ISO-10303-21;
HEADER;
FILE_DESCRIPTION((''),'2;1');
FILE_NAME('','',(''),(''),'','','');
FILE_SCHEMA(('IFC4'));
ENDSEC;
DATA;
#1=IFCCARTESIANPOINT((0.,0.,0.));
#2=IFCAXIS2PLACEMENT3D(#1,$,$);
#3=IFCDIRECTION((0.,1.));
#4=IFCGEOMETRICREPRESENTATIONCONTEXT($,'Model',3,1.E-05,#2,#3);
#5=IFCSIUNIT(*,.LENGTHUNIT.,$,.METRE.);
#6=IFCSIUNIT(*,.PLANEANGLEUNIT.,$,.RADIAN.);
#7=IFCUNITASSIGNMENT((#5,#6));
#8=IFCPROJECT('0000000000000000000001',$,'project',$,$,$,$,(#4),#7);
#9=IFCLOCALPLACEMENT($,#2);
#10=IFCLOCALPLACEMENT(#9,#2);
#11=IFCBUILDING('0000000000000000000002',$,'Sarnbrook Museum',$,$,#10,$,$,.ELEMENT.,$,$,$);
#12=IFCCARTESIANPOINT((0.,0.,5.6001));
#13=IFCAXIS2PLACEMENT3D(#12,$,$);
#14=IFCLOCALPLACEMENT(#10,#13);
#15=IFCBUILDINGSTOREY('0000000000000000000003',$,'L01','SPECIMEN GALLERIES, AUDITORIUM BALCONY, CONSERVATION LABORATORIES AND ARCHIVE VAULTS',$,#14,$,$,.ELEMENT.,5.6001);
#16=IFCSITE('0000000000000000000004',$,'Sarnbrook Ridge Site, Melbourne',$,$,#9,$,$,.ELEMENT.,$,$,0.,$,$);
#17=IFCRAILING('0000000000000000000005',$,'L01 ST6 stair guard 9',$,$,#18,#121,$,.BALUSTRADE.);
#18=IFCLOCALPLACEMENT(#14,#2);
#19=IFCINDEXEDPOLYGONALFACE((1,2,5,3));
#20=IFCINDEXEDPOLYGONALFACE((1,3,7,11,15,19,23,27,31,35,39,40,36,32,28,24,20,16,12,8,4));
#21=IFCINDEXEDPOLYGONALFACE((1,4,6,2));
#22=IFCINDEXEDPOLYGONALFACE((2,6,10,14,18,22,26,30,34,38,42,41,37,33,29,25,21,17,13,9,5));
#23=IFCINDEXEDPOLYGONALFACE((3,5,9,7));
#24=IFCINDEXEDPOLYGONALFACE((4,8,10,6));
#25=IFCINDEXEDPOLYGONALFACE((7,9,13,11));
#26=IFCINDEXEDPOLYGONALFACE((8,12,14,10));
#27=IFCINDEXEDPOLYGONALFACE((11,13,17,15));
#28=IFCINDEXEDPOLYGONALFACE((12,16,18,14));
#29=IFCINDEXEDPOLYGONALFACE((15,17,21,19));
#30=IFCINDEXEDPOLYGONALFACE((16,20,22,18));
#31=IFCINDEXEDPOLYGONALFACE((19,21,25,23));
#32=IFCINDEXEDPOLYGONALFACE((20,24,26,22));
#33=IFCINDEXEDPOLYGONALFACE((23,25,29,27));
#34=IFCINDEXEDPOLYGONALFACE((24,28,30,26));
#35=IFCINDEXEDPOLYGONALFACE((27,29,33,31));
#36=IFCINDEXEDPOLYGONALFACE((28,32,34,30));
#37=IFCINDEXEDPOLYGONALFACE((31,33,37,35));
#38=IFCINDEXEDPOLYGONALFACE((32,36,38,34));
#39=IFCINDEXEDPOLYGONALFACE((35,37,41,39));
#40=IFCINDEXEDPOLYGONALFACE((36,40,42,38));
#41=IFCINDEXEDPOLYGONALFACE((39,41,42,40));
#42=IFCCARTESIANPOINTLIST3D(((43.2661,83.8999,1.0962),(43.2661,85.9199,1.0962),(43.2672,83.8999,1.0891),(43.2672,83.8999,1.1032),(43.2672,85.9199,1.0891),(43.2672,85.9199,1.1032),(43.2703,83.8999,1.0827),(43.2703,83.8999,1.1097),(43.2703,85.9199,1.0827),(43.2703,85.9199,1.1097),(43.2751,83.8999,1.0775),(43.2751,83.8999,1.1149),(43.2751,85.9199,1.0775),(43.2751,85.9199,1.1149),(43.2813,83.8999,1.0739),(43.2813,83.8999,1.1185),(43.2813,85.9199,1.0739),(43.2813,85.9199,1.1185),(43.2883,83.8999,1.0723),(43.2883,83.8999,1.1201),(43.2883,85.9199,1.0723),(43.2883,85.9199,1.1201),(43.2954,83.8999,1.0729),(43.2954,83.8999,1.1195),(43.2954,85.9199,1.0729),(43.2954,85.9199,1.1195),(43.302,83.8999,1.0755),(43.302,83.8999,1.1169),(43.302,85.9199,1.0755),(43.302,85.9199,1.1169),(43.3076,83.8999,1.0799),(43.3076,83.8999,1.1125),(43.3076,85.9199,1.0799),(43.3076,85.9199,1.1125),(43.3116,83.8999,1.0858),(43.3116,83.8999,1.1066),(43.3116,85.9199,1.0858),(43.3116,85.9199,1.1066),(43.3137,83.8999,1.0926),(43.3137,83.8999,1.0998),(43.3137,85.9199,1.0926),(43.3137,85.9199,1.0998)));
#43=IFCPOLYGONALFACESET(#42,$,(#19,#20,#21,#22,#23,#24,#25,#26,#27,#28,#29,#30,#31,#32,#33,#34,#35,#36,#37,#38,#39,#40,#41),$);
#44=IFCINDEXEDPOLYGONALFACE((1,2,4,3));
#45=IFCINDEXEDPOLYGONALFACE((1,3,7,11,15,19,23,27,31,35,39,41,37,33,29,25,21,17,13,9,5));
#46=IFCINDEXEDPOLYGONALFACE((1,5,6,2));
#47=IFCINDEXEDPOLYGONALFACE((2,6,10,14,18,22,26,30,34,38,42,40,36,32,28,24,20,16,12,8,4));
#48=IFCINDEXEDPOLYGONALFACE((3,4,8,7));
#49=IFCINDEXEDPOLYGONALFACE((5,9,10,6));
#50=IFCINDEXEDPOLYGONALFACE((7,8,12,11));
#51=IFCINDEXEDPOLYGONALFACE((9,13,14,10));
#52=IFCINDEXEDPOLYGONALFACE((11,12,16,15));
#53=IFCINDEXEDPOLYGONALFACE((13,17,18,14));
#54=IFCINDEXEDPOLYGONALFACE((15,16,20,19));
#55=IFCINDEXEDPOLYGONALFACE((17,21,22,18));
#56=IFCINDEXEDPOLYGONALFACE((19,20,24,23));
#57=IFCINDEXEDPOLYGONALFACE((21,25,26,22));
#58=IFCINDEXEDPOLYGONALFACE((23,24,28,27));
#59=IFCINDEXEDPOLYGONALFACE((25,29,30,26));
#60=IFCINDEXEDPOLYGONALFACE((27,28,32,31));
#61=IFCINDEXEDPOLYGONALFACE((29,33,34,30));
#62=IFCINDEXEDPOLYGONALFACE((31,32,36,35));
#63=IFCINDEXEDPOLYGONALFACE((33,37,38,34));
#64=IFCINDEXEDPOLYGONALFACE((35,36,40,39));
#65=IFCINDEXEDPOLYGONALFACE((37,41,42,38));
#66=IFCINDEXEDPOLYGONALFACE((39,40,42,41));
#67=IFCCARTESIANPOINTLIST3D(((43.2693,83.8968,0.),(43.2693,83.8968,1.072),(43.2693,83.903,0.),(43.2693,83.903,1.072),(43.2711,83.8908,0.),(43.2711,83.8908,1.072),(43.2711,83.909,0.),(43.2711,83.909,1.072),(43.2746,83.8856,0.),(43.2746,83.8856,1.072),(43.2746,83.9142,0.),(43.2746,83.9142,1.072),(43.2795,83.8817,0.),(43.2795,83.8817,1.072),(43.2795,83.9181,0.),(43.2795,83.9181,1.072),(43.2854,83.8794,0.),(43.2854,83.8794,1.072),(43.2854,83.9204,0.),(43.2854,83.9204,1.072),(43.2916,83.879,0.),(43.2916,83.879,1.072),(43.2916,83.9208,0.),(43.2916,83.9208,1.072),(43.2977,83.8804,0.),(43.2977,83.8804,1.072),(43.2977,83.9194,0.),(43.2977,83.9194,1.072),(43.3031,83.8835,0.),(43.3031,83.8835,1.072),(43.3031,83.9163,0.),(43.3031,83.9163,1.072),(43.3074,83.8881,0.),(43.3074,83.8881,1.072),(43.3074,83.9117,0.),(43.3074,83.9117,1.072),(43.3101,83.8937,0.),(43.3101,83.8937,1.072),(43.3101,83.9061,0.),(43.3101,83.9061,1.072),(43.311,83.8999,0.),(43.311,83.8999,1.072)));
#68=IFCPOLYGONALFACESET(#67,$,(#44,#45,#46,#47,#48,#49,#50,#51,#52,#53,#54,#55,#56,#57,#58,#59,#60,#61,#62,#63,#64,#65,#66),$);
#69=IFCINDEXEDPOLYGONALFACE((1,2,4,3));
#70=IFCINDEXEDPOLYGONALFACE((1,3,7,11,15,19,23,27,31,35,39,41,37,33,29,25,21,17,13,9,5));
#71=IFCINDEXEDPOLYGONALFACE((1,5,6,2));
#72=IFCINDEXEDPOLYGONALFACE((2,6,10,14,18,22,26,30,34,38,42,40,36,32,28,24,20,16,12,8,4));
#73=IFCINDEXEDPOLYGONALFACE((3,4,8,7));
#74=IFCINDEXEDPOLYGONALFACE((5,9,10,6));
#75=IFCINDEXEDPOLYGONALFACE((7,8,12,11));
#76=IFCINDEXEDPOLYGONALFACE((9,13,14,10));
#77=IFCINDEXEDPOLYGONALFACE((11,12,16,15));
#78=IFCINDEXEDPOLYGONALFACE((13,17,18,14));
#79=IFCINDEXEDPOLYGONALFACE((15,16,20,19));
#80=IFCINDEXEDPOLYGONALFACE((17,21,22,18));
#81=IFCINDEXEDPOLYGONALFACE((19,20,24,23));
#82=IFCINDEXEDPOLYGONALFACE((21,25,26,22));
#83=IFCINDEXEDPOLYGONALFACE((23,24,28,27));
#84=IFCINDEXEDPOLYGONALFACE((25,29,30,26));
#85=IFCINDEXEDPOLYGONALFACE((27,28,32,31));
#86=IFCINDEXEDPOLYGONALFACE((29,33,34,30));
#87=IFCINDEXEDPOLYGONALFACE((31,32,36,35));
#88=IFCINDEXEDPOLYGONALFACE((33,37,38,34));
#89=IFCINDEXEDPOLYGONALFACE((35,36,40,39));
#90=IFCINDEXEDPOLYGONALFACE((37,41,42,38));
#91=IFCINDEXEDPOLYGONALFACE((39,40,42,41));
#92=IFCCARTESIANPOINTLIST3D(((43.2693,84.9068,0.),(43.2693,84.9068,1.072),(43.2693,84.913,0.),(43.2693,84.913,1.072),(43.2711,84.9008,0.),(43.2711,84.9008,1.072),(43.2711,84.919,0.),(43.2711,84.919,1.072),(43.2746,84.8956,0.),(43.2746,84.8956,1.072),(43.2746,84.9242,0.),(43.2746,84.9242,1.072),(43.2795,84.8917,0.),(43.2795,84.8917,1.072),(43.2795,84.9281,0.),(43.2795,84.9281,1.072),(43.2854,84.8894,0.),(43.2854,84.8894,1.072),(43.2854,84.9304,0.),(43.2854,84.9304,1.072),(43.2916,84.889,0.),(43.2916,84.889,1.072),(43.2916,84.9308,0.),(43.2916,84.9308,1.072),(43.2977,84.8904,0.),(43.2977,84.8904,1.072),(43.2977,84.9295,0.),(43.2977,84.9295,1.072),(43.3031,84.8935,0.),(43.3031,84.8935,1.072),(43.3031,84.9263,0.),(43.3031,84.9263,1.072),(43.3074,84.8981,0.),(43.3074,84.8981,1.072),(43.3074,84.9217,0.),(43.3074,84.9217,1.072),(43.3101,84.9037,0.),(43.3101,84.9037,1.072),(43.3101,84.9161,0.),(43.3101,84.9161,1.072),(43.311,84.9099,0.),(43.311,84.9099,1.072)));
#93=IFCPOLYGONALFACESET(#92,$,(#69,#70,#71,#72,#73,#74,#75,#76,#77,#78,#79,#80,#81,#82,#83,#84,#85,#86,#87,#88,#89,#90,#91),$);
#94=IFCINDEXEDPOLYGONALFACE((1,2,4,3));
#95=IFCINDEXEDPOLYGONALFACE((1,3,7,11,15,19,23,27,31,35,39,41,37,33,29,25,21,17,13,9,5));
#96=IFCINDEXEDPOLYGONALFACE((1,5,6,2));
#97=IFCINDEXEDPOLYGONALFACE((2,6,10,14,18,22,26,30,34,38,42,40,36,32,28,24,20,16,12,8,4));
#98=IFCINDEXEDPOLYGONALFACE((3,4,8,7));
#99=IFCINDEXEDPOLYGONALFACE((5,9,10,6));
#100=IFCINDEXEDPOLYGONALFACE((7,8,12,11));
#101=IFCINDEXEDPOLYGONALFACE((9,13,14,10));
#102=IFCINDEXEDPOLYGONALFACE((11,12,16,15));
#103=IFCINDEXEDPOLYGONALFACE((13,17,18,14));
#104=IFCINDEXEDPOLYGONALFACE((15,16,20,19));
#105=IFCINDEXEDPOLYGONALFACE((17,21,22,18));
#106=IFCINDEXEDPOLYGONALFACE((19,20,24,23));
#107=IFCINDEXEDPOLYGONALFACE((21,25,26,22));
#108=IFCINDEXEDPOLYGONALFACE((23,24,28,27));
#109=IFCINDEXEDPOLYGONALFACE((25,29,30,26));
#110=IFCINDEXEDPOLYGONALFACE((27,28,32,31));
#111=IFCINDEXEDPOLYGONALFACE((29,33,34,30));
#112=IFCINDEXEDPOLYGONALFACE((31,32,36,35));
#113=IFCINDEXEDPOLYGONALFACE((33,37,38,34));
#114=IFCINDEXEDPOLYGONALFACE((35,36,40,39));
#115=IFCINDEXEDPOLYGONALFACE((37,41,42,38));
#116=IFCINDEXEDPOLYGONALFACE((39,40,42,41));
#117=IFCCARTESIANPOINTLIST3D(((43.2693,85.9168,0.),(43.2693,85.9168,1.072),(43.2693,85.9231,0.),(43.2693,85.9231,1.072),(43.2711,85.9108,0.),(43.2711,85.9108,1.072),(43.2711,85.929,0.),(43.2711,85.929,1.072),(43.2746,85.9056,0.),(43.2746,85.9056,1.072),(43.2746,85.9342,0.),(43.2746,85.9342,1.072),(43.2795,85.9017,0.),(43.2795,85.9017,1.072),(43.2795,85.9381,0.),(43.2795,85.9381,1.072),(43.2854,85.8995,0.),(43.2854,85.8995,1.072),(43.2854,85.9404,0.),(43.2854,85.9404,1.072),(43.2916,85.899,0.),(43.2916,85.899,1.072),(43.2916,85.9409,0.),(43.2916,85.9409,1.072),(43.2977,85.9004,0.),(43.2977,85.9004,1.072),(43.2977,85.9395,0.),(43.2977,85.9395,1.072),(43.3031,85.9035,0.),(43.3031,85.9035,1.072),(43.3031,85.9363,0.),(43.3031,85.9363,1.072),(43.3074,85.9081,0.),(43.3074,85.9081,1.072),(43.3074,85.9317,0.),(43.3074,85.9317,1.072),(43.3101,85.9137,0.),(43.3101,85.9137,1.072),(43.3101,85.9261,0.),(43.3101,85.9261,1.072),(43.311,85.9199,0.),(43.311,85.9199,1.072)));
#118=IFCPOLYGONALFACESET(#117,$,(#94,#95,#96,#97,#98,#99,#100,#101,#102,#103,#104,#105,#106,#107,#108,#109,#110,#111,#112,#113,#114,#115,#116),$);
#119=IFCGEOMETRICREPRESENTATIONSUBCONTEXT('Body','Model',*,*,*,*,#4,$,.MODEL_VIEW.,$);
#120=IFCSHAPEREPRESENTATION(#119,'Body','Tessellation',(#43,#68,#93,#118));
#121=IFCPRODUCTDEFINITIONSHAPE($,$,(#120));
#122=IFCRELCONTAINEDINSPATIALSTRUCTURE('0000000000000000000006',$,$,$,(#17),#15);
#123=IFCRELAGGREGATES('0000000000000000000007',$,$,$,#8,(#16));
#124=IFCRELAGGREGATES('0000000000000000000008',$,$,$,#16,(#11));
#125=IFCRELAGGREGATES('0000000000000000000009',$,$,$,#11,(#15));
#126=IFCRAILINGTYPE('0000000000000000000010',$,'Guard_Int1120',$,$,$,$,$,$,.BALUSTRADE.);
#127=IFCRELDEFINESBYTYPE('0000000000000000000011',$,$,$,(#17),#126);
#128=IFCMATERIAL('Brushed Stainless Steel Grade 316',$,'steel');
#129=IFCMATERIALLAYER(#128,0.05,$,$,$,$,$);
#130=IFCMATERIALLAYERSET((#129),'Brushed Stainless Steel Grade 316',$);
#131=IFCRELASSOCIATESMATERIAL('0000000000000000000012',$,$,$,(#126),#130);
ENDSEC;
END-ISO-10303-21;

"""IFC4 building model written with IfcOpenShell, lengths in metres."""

from ifc_helpers import new_model, si_unit, direction, frame, origin, origin_2d, place, context, subcontext, project, spatial, circle, extrude, material, layer, layer_set, type_object, element, save


model = new_model("IFC4")

# Units and contexts
model_context = context("Model", 3, precision=1e-05, world=origin(), true_north=direction((0.0, 1.0)))
body_context = subcontext(model_context, "Body", "Model", "MODEL_VIEW")
ifc_project = project(units=[si_unit("LENGTHUNIT", "METRE"), si_unit("PLANEANGLEUNIT", "RADIAN")], contexts=[model_context])

# Site, building, storey
site_placement = place(None, origin())
site = spatial("IfcSite", under=ifc_project, at=site_placement, Name="Sarnbrook Ridge Site, Melbourne", CompositionType="ELEMENT", RefElevation=0.0)
building_placement = place(site_placement, origin())
building = spatial("IfcBuilding", under=site, at=building_placement, Name="Sarnbrook Museum", CompositionType="ELEMENT")
storey_placement = place(building_placement, frame((0.0, 0.0, 5.6001)))
storey = spatial("IfcBuildingStorey", under=building, at=storey_placement, Name="L01", Description="SPECIMEN GALLERIES, AUDITORIUM BALCONY, CONSERVATION LABORATORIES AND ARCHIVE VAULTS", CompositionType="ELEMENT", Elevation=5.6001)

# Shared definitions
ifc_material_1 = material(Name="Brushed Stainless Steel Grade 316", Category="steel")

# Railing
ifc_layer_1 = layer(ifc_material_1, 0.05)
ifc_layer_set_1 = layer_set([ifc_layer_1], Name="Brushed Stainless Steel Grade 316")
railing_type = type_object("IfcRailingType", Name="Guard_Int1120", PredefinedType="BALUSTRADE", material=ifc_layer_set_1)
for number, where, name in (
    (1, (43.29, 83.8999, 0.0), "L01 ST6 stair guard 9"),
):
    element("IfcRailing", number, at=place(storey_placement, frame(where)), inside=storey, type_object=railing_type, Name=name, PredefinedType="BALUSTRADE", context=body_context, shape_type="SweptSolid", body=[
        extrude(circle(Radius=0.0239, at=origin_2d()), frame((0.0, 0.0, 1.0962), z_axis=(0.0, 1.0, 0.0), x_axis=(-1.0, 0.0, 0.0)), (0.0, 0.0, 1.0), 2.02),
        extrude(circle(Radius=0.021, at=origin_2d()), origin(), (0.0, 0.0, 1.0), 1.072),
        extrude(circle(Radius=0.021, at=origin_2d()), frame((0.0, 1.01, 0.0)), (0.0, 0.0, 1.0), 1.072),
        extrude(circle(Radius=0.021, at=origin_2d()), frame((0.0, 2.02, 0.0)), (0.0, 0.0, 1.0), 1.072),
    ])

save(model, "model.ifc")
